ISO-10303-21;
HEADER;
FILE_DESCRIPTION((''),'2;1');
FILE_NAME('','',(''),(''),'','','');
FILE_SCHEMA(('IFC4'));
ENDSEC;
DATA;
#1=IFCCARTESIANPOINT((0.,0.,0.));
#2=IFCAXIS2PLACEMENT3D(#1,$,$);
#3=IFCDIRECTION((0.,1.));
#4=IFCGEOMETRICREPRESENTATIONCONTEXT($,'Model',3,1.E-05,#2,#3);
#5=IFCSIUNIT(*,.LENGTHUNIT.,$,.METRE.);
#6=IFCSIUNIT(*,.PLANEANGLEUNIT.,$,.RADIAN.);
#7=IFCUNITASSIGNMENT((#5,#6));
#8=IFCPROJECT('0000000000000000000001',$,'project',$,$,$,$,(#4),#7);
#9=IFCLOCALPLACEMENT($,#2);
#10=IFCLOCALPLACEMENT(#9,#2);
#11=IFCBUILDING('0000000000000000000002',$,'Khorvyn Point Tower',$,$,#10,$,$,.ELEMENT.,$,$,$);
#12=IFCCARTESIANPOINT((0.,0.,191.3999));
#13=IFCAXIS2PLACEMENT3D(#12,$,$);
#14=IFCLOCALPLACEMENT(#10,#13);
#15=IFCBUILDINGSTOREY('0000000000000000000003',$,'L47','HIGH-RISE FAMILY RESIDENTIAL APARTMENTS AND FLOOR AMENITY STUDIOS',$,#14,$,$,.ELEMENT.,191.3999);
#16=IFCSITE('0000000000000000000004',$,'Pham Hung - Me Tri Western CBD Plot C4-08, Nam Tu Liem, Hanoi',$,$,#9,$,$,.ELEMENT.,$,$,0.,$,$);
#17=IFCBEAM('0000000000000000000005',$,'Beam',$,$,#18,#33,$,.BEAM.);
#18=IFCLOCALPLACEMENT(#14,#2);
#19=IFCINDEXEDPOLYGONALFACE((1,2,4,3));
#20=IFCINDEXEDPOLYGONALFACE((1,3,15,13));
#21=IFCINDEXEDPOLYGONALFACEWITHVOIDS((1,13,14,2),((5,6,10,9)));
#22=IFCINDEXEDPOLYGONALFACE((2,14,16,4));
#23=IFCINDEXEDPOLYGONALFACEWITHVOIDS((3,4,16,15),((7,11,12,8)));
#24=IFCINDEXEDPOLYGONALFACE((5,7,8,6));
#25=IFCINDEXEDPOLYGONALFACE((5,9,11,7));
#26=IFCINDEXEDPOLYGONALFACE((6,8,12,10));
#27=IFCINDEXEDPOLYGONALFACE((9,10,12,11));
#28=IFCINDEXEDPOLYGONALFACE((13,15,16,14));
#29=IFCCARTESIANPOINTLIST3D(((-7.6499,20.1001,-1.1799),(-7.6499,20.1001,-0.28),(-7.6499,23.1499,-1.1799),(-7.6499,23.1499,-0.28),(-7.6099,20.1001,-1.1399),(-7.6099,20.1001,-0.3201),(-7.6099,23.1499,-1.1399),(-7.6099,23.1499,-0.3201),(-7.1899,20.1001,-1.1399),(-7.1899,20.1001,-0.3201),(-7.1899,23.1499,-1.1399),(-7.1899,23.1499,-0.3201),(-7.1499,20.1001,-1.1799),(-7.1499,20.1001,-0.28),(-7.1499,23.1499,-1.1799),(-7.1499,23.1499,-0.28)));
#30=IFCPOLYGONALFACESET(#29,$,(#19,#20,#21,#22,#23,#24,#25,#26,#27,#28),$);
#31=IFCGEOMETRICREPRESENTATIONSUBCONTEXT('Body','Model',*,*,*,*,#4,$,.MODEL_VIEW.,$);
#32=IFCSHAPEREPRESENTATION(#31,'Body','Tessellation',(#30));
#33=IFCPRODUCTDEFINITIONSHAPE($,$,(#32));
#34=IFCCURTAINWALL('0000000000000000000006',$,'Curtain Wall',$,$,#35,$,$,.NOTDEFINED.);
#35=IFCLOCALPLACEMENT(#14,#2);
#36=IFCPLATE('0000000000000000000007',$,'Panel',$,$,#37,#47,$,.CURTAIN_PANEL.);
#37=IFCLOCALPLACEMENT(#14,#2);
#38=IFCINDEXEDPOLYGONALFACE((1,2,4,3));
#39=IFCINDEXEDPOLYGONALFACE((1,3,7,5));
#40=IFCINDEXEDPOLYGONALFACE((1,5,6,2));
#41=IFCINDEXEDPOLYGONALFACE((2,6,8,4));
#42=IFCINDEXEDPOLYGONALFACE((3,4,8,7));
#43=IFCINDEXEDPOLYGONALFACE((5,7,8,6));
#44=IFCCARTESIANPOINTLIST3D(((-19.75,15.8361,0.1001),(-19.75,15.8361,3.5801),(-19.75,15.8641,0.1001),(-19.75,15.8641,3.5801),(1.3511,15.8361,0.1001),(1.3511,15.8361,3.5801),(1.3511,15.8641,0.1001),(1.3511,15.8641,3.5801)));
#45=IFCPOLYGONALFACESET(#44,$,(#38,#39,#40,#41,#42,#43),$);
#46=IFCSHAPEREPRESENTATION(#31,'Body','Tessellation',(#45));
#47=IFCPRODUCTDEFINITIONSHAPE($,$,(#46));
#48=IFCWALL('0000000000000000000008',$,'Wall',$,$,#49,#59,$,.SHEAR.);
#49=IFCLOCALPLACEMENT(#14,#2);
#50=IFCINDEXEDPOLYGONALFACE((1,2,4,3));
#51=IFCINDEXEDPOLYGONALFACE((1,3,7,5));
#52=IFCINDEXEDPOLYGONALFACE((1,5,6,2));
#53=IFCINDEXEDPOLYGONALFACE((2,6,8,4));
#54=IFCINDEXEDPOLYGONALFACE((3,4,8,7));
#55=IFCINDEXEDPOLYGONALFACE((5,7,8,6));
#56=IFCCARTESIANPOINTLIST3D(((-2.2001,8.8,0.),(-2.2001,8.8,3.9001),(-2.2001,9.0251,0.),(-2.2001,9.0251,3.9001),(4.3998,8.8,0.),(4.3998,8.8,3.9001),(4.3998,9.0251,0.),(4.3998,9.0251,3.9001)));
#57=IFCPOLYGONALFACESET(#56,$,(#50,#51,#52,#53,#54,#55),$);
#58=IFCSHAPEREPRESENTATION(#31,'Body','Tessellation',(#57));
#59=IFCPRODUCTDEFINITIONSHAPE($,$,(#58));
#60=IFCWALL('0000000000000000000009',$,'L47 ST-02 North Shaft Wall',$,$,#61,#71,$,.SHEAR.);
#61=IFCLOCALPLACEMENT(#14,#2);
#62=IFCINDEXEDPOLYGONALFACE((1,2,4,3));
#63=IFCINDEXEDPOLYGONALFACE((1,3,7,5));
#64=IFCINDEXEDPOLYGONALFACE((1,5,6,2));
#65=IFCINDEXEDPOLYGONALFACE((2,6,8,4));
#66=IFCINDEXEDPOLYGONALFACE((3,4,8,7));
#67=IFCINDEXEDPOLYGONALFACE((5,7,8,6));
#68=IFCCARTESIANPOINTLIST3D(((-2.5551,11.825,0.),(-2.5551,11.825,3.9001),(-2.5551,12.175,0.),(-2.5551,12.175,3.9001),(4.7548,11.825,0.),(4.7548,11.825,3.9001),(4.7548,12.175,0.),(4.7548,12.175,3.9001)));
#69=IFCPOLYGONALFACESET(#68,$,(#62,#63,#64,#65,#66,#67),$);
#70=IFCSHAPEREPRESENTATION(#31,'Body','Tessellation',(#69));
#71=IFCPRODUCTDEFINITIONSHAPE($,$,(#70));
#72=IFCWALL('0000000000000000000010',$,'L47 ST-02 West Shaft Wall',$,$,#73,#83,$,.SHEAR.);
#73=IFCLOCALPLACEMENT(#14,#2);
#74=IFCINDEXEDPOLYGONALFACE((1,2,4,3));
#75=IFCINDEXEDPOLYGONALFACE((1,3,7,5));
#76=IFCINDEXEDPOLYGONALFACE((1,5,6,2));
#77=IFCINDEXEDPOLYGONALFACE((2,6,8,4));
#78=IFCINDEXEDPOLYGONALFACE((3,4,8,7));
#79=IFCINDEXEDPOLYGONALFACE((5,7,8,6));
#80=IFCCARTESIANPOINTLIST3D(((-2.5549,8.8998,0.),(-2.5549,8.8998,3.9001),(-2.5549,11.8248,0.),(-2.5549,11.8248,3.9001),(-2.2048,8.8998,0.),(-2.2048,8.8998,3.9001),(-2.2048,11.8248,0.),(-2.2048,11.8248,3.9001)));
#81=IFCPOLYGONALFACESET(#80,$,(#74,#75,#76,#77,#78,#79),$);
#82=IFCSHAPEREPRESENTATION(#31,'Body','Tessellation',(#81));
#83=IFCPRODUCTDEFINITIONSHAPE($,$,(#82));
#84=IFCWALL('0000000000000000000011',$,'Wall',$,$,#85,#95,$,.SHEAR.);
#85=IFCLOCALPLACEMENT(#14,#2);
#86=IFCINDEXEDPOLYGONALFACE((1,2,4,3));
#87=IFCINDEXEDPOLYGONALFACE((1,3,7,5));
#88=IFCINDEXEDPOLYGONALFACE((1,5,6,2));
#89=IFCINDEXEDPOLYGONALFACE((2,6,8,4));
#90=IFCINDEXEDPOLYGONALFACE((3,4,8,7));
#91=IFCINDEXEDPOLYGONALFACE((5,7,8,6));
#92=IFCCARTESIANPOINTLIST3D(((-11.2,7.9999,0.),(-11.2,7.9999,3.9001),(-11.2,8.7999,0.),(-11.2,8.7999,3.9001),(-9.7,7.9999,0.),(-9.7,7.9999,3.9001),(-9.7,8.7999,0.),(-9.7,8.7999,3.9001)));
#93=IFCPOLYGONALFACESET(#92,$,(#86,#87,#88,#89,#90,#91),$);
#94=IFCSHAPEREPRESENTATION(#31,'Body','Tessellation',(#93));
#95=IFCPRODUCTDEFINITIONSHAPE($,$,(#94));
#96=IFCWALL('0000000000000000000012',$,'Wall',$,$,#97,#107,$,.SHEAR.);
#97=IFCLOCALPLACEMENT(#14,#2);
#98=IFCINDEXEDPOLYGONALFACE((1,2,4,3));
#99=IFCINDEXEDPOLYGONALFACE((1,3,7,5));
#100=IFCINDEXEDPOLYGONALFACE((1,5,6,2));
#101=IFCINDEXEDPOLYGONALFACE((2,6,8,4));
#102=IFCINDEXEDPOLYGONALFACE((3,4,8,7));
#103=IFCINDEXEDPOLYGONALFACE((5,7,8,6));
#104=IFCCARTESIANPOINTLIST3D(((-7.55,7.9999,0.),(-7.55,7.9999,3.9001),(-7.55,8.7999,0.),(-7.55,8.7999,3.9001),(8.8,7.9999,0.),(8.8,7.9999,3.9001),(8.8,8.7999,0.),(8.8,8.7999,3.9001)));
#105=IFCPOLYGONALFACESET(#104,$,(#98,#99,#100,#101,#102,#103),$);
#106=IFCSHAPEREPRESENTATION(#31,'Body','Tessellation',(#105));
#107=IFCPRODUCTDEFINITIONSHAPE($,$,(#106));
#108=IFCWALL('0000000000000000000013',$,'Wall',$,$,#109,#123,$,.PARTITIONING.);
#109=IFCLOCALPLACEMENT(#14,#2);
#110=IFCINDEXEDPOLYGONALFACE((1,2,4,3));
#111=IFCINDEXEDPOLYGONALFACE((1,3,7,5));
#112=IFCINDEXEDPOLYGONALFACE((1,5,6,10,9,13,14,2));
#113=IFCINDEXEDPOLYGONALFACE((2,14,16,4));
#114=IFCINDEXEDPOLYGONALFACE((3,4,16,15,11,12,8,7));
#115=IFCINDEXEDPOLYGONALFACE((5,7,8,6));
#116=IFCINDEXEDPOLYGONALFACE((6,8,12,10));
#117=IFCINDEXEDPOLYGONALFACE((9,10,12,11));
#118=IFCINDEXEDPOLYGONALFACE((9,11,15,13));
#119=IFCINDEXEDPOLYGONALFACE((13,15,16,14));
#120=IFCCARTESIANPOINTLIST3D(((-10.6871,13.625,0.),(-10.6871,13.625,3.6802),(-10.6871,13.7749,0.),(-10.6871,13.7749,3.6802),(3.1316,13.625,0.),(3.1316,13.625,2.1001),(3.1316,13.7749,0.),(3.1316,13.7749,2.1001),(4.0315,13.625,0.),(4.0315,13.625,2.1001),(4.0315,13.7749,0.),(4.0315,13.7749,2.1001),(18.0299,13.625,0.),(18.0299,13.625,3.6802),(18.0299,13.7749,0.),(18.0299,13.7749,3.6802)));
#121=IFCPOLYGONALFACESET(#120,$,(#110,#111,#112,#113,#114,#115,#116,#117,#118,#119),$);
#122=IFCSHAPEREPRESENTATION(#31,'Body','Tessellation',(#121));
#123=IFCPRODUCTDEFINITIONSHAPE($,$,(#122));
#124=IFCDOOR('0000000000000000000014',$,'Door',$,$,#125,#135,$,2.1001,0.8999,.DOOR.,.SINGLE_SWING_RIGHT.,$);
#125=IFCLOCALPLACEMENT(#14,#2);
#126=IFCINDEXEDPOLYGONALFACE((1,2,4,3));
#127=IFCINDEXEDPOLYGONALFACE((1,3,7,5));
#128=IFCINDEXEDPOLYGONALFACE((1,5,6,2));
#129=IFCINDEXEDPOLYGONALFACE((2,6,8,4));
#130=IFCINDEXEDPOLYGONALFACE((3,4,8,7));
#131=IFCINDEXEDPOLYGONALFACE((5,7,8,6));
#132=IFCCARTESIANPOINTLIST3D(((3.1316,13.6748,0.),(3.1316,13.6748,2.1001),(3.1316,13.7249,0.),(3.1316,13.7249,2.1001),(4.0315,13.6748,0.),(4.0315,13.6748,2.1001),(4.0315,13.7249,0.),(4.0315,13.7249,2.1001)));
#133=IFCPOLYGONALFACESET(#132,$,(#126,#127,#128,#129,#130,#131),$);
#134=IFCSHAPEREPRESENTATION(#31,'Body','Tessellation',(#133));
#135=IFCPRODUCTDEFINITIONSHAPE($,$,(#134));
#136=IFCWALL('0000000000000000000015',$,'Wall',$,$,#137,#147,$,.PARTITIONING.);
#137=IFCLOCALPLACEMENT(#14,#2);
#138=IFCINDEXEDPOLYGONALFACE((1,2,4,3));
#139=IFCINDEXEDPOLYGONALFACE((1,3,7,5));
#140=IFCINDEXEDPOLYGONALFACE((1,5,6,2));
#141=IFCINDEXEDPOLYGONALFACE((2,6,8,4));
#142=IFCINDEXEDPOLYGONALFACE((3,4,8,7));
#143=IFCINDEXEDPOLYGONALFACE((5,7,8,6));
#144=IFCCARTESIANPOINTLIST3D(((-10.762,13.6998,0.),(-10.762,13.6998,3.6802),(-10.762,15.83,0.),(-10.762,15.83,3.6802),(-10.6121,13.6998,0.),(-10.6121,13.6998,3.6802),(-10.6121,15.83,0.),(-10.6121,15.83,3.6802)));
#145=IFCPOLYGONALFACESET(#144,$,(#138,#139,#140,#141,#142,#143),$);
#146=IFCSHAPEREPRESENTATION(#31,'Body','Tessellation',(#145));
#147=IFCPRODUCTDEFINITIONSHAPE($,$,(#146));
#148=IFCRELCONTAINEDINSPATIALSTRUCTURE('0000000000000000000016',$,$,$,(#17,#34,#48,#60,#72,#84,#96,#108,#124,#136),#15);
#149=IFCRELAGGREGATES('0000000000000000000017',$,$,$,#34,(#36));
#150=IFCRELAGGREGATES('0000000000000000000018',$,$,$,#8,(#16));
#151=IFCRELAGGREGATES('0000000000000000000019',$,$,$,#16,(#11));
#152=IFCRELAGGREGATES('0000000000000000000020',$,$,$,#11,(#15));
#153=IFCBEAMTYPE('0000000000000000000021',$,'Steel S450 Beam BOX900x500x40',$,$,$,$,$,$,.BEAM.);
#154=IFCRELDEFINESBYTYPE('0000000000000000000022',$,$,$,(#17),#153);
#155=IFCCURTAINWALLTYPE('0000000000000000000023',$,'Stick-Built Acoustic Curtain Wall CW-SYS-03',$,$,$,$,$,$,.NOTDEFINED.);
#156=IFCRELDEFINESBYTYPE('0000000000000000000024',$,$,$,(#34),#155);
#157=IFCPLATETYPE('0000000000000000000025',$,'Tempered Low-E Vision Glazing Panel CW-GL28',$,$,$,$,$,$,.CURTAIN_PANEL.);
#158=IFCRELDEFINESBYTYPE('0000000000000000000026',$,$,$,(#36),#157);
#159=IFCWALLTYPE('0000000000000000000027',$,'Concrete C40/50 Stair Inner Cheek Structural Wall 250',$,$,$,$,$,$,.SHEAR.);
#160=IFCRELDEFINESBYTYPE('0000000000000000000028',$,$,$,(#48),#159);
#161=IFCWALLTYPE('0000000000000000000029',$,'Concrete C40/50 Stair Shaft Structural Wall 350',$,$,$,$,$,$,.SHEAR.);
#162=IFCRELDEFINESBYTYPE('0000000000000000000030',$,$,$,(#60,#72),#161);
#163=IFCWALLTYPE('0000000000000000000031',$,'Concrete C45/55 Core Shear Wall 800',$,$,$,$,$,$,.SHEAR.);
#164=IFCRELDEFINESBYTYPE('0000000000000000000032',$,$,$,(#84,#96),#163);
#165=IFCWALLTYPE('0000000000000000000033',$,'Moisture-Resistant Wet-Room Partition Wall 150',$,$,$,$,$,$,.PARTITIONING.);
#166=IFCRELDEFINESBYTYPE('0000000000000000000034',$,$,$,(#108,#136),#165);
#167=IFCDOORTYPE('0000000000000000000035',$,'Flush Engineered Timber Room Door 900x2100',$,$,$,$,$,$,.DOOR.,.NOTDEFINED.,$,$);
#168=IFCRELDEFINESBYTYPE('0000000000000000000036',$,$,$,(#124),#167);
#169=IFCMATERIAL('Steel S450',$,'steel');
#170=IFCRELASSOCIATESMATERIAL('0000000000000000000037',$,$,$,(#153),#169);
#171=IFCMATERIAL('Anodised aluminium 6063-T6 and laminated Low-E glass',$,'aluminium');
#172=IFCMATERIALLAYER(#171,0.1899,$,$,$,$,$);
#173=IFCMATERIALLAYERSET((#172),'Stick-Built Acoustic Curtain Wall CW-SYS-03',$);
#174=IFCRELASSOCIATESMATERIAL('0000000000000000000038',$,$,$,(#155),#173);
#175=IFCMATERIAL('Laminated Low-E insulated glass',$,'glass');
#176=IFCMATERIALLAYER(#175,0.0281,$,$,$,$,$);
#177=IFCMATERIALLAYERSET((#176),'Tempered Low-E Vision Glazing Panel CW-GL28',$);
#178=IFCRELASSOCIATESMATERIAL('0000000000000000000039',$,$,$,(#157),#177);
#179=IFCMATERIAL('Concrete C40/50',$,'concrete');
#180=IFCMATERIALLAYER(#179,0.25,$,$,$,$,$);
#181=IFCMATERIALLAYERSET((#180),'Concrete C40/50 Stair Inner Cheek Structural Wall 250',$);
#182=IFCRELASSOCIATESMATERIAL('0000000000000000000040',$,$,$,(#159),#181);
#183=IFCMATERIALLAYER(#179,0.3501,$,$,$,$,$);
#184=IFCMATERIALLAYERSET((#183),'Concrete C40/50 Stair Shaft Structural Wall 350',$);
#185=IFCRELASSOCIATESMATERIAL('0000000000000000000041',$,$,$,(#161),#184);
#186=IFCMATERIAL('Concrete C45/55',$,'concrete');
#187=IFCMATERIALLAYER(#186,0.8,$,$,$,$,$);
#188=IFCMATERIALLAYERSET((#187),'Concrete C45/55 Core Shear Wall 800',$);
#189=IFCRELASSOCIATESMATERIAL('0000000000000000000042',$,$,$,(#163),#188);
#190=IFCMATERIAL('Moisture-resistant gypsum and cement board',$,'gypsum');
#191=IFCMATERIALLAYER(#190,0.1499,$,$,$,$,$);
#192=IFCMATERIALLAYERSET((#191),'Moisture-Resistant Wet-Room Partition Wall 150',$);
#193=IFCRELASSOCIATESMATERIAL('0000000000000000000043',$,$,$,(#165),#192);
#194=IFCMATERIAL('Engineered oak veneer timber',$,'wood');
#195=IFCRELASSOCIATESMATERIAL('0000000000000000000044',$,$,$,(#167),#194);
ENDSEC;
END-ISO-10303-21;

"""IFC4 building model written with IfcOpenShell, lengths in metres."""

from ifc_helpers import new_model, si_unit, direction, frame, frame_2d, origin, origin_2d, place, context, subcontext, project, spatial, rectangle, hollow_rectangle, extrude, material, layer, layer_set, material_profile, profile_set, type_object, element, fill, aggregate, save


model = new_model("IFC4")

# Units and contexts
model_context = context("Model", 3, precision=1e-05, world=origin(), true_north=direction((0.0, 1.0)))
body_context = subcontext(model_context, "Body", "Model", "MODEL_VIEW")
ifc_project = project(units=[si_unit("LENGTHUNIT", "METRE"), si_unit("PLANEANGLEUNIT", "RADIAN")], contexts=[model_context])

# Site, building, storey
site_placement = place(None, origin())
site = spatial("IfcSite", under=ifc_project, at=site_placement, Name="Pham Hung - Me Tri Western CBD Plot C4-08, Nam Tu Liem, Hanoi", CompositionType="ELEMENT", RefElevation=0.0)
building_placement = place(site_placement, origin())
building = spatial("IfcBuilding", under=site, at=building_placement, Name="Khorvyn Point Tower", CompositionType="ELEMENT")
storey_placement = place(building_placement, frame((0.0, 0.0, 191.3999)))
storey = spatial("IfcBuildingStorey", under=building, at=storey_placement, Name="L47", Description="HIGH-RISE FAMILY RESIDENTIAL APARTMENTS AND FLOOR AMENITY STUDIOS", CompositionType="ELEMENT", Elevation=191.3999)

# Shared definitions
ifc_material_1 = material(Name="Concrete C45/55", Category="concrete")

# Beam
ifc_material_2 = material(Name="Steel S450", Category="steel")
ifc_material_profile_1 = material_profile(ifc_material_2, hollow_rectangle(XDim=0.5, YDim=0.8999, WallThickness=0.04, at=origin_2d()))
ifc_profile_set_1 = profile_set([ifc_material_profile_1], Name="Steel S450 BOX900x500x40")
beam_type_1 = type_object("IfcBeamType", Name="Steel S450 Beam BOX900x500x40", PredefinedType="BEAM", material=ifc_profile_set_1)
beam_1_placement = place(storey_placement, frame((-7.3999, 20.1001, -0.73), z_axis=(0.0, 1.0, 0.0), x_axis=(-1.0, 0.0, 0.0)))
element("IfcBeam", 1, at=beam_1_placement, inside=storey, type_object=beam_type_1, Name="Beam", PredefinedType="BEAM", context=body_context, shape_type="SweptSolid", body=[
    extrude(hollow_rectangle(XDim=0.5, YDim=0.8999, WallThickness=0.04, at=origin_2d()), origin(), (0.0, 0.0, 1.0), 3.0498),
])

# Curtain wall, plate
ifc_material_3 = material(Name="Anodised aluminium 6063-T6 and laminated Low-E glass", Category="aluminium")
ifc_layer_1 = layer(ifc_material_3, 0.1899)
ifc_layer_set_1 = layer_set([ifc_layer_1], Name="Stick-Built Acoustic Curtain Wall CW-SYS-03")
curtain_wall_type = type_object("IfcCurtainWallType", Name="Stick-Built Acoustic Curtain Wall CW-SYS-03", PredefinedType="NOTDEFINED", material=ifc_layer_set_1)
curtain_wall_placement = place(storey_placement, origin())
curtain_wall = element("IfcCurtainWall", 2, at=curtain_wall_placement, inside=storey, type_object=curtain_wall_type, Name="Curtain Wall", PredefinedType="NOTDEFINED")
ifc_material_4 = material(Name="Laminated Low-E insulated glass", Category="glass")
ifc_layer_2 = layer(ifc_material_4, 0.0281)
ifc_layer_set_2 = layer_set([ifc_layer_2], Name="Tempered Low-E Vision Glazing Panel CW-GL28")
plate_type = type_object("IfcPlateType", Name="Tempered Low-E Vision Glazing Panel CW-GL28", PredefinedType="CURTAIN_PANEL", material=ifc_layer_set_2)
plate_placement = place(storey_placement, frame((-9.1995, 15.8501, 0.1001), z_axis=(0.0, 0.0, 1.0), x_axis=(1.0, 0.0, 0.0)))
plate = element("IfcPlate", 3, at=plate_placement, type_object=plate_type, Name="Panel", PredefinedType="CURTAIN_PANEL", context=body_context, shape_type="SweptSolid", body=[
    extrude(rectangle(XDim=21.1011, YDim=0.0281, at=origin_2d()), origin(), (0.0, 0.0, 1.0), 3.48),
])
aggregate(curtain_wall, [plate])

# Shared definitions
ifc_material_5 = material(Name="Concrete C40/50", Category="concrete")

# Walls
ifc_layer_3 = layer(ifc_material_5, 0.25)
ifc_layer_set_3 = layer_set([ifc_layer_3], Name="Concrete C40/50 Stair Inner Cheek Structural Wall 250")
wall_type_1 = type_object("IfcWallType", Name="Concrete C40/50 Stair Inner Cheek Structural Wall 250", PredefinedType="SHEAR", material=ifc_layer_set_3)
wall_1_placement = place(storey_placement, frame((-2.2, 8.9126, 0.0), z_axis=(0.0, 0.0, 1.0), x_axis=(1.0, 0.0, 0.0)))
element("IfcWall", 4, at=wall_1_placement, inside=storey, type_object=wall_type_1, Name="Wall", PredefinedType="SHEAR", context=body_context, shape_type="SweptSolid", body=[
    extrude(rectangle(XDim=6.5999, YDim=0.2251, at=frame_2d((3.2998, 0.0))), origin(), (0.0, 0.0, 1.0), 3.9001),
])
ifc_layer_4 = layer(ifc_material_5, 0.3501)
ifc_layer_set_4 = layer_set([ifc_layer_4], Name="Concrete C40/50 Stair Shaft Structural Wall 350")
wall_type_2 = type_object("IfcWallType", Name="Concrete C40/50 Stair Shaft Structural Wall 350", PredefinedType="SHEAR", material=ifc_layer_set_4)
wall_2_placement = place(storey_placement, frame((-2.5549, 12.0, 0.0), z_axis=(0.0, 0.0, 1.0), x_axis=(1.0, 0.0, 0.0)))
element("IfcWall", 5, at=wall_2_placement, inside=storey, type_object=wall_type_2, Name="L47 ST-02 North Shaft Wall", PredefinedType="SHEAR", context=body_context, shape_type="SweptSolid", body=[
    extrude(rectangle(XDim=7.3098, YDim=0.3501, at=frame_2d((3.6548, 0.0))), origin(), (0.0, 0.0, 1.0), 3.9001),
])
wall_3_placement = place(storey_placement, frame((-2.3799, 8.8999, 0.0), z_axis=(0.0, 0.0, 1.0), x_axis=(0.0, 1.0, 0.0)))
element("IfcWall", 6, at=wall_3_placement, inside=storey, type_object=wall_type_2, Name="L47 ST-02 West Shaft Wall", PredefinedType="SHEAR", context=body_context, shape_type="SweptSolid", body=[
    extrude(rectangle(XDim=2.925, YDim=0.3501, at=frame_2d((1.4624, 0.0))), origin(), (0.0, 0.0, 1.0), 3.9001),
])
ifc_layer_5 = layer(ifc_material_1, 0.8)
ifc_layer_set_5 = layer_set([ifc_layer_5], Name="Concrete C45/55 Core Shear Wall 800")
wall_type_3 = type_object("IfcWallType", Name="Concrete C45/55 Core Shear Wall 800", PredefinedType="SHEAR", material=ifc_layer_set_5)
wall_4_placement = place(storey_placement, frame((-11.2, 8.3999, 0.0), z_axis=(0.0, 0.0, 1.0), x_axis=(1.0, 0.0, 0.0)))
element("IfcWall", 7, at=wall_4_placement, inside=storey, type_object=wall_type_3, Name="Wall", PredefinedType="SHEAR", context=body_context, shape_type="SweptSolid", body=[
    extrude(rectangle(XDim=1.5, YDim=0.8, at=frame_2d((0.75, 0.0))), origin(), (0.0, 0.0, 1.0), 3.9001),
])
wall_5_placement = place(storey_placement, frame((-7.55, 8.3999, 0.0), z_axis=(0.0, 0.0, 1.0), x_axis=(1.0, 0.0, 0.0)))
element("IfcWall", 8, at=wall_5_placement, inside=storey, type_object=wall_type_3, Name="Wall", PredefinedType="SHEAR", context=body_context, shape_type="SweptSolid", body=[
    extrude(rectangle(XDim=16.3501, YDim=0.8, at=frame_2d((8.175, 0.0))), origin(), (0.0, 0.0, 1.0), 3.9001),
])

# Wall, opening, door
ifc_material_6 = material(Name="Moisture-resistant gypsum and cement board", Category="gypsum")
ifc_layer_6 = layer(ifc_material_6, 0.1499)
ifc_layer_set_6 = layer_set([ifc_layer_6], Name="Moisture-Resistant Wet-Room Partition Wall 150")
wall_type_4 = type_object("IfcWallType", Name="Moisture-Resistant Wet-Room Partition Wall 150", PredefinedType="PARTITIONING", material=ifc_layer_set_6)
wall_6_placement = place(storey_placement, frame((-10.687, 13.7, 0.0), z_axis=(0.0, 0.0, 1.0), x_axis=(1.0, 0.0, 0.0)))
wall_6 = element("IfcWall", 9, at=wall_6_placement, inside=storey, type_object=wall_type_4, Name="Wall", PredefinedType="PARTITIONING", context=body_context, shape_type="SweptSolid", body=[
    extrude(rectangle(XDim=28.717, YDim=0.1499, at=frame_2d((14.3584, 0.0))), origin(), (0.0, 0.0, 1.0), 3.6802),
])
opening_1_placement = place(wall_6_placement, frame((13.8186, 0.0, 0.0)))
opening_1 = element("IfcOpeningElement", 10, at=opening_1_placement, cuts=wall_6, PredefinedType="OPENING", context=body_context, shape_type="SweptSolid", body=[
    extrude(rectangle(XDim=0.8999, YDim=2.1001, at=frame_2d((0.45, 1.05))), frame((0.0, 0.085, 0.0), z_axis=(0.0, -1.0, 0.0), x_axis=(1.0, 0.0, 0.0)), (0.0, 0.0, 1.0), 0.1699),
])
ifc_material_7 = material(Name="Engineered oak veneer timber", Category="wood")
door_type_1 = type_object("IfcDoorType", Name="Flush Engineered Timber Room Door 900x2100", OperationType="NOTDEFINED", PredefinedType="DOOR", material=ifc_material_7)
door_1_placement = place(opening_1_placement, origin())
door_1 = element("IfcDoor", 11, at=door_1_placement, inside=storey, type_object=door_type_1, Name="Door", OperationType="SINGLE_SWING_RIGHT", OverallHeight=2.1001, OverallWidth=0.8999, PredefinedType="DOOR", context=body_context, shape_type="SweptSolid", body=[
    extrude(rectangle(XDim=0.8999, YDim=2.1001, at=frame_2d((0.45, 1.05))), frame((0.0, 0.0249, 0.0), z_axis=(0.0, -1.0, 0.0), x_axis=(1.0, 0.0, 0.0)), (0.0, 0.0, 1.0), 0.05),
])
fill(opening_1, door_1)

# Wall
wall_7_placement = place(storey_placement, frame((-10.687, 13.7, 0.0), z_axis=(0.0, 0.0, 1.0), x_axis=(0.0, 1.0, 0.0)))
element("IfcWall", 12, at=wall_7_placement, inside=storey, type_object=wall_type_4, Name="Wall", PredefinedType="PARTITIONING", context=body_context, shape_type="SweptSolid", body=[
    extrude(rectangle(XDim=2.1301, YDim=0.1499, at=frame_2d((1.0649, 0.0))), origin(), (0.0, 0.0, 1.0), 3.6802),
])

save(model, "model.ifc")
